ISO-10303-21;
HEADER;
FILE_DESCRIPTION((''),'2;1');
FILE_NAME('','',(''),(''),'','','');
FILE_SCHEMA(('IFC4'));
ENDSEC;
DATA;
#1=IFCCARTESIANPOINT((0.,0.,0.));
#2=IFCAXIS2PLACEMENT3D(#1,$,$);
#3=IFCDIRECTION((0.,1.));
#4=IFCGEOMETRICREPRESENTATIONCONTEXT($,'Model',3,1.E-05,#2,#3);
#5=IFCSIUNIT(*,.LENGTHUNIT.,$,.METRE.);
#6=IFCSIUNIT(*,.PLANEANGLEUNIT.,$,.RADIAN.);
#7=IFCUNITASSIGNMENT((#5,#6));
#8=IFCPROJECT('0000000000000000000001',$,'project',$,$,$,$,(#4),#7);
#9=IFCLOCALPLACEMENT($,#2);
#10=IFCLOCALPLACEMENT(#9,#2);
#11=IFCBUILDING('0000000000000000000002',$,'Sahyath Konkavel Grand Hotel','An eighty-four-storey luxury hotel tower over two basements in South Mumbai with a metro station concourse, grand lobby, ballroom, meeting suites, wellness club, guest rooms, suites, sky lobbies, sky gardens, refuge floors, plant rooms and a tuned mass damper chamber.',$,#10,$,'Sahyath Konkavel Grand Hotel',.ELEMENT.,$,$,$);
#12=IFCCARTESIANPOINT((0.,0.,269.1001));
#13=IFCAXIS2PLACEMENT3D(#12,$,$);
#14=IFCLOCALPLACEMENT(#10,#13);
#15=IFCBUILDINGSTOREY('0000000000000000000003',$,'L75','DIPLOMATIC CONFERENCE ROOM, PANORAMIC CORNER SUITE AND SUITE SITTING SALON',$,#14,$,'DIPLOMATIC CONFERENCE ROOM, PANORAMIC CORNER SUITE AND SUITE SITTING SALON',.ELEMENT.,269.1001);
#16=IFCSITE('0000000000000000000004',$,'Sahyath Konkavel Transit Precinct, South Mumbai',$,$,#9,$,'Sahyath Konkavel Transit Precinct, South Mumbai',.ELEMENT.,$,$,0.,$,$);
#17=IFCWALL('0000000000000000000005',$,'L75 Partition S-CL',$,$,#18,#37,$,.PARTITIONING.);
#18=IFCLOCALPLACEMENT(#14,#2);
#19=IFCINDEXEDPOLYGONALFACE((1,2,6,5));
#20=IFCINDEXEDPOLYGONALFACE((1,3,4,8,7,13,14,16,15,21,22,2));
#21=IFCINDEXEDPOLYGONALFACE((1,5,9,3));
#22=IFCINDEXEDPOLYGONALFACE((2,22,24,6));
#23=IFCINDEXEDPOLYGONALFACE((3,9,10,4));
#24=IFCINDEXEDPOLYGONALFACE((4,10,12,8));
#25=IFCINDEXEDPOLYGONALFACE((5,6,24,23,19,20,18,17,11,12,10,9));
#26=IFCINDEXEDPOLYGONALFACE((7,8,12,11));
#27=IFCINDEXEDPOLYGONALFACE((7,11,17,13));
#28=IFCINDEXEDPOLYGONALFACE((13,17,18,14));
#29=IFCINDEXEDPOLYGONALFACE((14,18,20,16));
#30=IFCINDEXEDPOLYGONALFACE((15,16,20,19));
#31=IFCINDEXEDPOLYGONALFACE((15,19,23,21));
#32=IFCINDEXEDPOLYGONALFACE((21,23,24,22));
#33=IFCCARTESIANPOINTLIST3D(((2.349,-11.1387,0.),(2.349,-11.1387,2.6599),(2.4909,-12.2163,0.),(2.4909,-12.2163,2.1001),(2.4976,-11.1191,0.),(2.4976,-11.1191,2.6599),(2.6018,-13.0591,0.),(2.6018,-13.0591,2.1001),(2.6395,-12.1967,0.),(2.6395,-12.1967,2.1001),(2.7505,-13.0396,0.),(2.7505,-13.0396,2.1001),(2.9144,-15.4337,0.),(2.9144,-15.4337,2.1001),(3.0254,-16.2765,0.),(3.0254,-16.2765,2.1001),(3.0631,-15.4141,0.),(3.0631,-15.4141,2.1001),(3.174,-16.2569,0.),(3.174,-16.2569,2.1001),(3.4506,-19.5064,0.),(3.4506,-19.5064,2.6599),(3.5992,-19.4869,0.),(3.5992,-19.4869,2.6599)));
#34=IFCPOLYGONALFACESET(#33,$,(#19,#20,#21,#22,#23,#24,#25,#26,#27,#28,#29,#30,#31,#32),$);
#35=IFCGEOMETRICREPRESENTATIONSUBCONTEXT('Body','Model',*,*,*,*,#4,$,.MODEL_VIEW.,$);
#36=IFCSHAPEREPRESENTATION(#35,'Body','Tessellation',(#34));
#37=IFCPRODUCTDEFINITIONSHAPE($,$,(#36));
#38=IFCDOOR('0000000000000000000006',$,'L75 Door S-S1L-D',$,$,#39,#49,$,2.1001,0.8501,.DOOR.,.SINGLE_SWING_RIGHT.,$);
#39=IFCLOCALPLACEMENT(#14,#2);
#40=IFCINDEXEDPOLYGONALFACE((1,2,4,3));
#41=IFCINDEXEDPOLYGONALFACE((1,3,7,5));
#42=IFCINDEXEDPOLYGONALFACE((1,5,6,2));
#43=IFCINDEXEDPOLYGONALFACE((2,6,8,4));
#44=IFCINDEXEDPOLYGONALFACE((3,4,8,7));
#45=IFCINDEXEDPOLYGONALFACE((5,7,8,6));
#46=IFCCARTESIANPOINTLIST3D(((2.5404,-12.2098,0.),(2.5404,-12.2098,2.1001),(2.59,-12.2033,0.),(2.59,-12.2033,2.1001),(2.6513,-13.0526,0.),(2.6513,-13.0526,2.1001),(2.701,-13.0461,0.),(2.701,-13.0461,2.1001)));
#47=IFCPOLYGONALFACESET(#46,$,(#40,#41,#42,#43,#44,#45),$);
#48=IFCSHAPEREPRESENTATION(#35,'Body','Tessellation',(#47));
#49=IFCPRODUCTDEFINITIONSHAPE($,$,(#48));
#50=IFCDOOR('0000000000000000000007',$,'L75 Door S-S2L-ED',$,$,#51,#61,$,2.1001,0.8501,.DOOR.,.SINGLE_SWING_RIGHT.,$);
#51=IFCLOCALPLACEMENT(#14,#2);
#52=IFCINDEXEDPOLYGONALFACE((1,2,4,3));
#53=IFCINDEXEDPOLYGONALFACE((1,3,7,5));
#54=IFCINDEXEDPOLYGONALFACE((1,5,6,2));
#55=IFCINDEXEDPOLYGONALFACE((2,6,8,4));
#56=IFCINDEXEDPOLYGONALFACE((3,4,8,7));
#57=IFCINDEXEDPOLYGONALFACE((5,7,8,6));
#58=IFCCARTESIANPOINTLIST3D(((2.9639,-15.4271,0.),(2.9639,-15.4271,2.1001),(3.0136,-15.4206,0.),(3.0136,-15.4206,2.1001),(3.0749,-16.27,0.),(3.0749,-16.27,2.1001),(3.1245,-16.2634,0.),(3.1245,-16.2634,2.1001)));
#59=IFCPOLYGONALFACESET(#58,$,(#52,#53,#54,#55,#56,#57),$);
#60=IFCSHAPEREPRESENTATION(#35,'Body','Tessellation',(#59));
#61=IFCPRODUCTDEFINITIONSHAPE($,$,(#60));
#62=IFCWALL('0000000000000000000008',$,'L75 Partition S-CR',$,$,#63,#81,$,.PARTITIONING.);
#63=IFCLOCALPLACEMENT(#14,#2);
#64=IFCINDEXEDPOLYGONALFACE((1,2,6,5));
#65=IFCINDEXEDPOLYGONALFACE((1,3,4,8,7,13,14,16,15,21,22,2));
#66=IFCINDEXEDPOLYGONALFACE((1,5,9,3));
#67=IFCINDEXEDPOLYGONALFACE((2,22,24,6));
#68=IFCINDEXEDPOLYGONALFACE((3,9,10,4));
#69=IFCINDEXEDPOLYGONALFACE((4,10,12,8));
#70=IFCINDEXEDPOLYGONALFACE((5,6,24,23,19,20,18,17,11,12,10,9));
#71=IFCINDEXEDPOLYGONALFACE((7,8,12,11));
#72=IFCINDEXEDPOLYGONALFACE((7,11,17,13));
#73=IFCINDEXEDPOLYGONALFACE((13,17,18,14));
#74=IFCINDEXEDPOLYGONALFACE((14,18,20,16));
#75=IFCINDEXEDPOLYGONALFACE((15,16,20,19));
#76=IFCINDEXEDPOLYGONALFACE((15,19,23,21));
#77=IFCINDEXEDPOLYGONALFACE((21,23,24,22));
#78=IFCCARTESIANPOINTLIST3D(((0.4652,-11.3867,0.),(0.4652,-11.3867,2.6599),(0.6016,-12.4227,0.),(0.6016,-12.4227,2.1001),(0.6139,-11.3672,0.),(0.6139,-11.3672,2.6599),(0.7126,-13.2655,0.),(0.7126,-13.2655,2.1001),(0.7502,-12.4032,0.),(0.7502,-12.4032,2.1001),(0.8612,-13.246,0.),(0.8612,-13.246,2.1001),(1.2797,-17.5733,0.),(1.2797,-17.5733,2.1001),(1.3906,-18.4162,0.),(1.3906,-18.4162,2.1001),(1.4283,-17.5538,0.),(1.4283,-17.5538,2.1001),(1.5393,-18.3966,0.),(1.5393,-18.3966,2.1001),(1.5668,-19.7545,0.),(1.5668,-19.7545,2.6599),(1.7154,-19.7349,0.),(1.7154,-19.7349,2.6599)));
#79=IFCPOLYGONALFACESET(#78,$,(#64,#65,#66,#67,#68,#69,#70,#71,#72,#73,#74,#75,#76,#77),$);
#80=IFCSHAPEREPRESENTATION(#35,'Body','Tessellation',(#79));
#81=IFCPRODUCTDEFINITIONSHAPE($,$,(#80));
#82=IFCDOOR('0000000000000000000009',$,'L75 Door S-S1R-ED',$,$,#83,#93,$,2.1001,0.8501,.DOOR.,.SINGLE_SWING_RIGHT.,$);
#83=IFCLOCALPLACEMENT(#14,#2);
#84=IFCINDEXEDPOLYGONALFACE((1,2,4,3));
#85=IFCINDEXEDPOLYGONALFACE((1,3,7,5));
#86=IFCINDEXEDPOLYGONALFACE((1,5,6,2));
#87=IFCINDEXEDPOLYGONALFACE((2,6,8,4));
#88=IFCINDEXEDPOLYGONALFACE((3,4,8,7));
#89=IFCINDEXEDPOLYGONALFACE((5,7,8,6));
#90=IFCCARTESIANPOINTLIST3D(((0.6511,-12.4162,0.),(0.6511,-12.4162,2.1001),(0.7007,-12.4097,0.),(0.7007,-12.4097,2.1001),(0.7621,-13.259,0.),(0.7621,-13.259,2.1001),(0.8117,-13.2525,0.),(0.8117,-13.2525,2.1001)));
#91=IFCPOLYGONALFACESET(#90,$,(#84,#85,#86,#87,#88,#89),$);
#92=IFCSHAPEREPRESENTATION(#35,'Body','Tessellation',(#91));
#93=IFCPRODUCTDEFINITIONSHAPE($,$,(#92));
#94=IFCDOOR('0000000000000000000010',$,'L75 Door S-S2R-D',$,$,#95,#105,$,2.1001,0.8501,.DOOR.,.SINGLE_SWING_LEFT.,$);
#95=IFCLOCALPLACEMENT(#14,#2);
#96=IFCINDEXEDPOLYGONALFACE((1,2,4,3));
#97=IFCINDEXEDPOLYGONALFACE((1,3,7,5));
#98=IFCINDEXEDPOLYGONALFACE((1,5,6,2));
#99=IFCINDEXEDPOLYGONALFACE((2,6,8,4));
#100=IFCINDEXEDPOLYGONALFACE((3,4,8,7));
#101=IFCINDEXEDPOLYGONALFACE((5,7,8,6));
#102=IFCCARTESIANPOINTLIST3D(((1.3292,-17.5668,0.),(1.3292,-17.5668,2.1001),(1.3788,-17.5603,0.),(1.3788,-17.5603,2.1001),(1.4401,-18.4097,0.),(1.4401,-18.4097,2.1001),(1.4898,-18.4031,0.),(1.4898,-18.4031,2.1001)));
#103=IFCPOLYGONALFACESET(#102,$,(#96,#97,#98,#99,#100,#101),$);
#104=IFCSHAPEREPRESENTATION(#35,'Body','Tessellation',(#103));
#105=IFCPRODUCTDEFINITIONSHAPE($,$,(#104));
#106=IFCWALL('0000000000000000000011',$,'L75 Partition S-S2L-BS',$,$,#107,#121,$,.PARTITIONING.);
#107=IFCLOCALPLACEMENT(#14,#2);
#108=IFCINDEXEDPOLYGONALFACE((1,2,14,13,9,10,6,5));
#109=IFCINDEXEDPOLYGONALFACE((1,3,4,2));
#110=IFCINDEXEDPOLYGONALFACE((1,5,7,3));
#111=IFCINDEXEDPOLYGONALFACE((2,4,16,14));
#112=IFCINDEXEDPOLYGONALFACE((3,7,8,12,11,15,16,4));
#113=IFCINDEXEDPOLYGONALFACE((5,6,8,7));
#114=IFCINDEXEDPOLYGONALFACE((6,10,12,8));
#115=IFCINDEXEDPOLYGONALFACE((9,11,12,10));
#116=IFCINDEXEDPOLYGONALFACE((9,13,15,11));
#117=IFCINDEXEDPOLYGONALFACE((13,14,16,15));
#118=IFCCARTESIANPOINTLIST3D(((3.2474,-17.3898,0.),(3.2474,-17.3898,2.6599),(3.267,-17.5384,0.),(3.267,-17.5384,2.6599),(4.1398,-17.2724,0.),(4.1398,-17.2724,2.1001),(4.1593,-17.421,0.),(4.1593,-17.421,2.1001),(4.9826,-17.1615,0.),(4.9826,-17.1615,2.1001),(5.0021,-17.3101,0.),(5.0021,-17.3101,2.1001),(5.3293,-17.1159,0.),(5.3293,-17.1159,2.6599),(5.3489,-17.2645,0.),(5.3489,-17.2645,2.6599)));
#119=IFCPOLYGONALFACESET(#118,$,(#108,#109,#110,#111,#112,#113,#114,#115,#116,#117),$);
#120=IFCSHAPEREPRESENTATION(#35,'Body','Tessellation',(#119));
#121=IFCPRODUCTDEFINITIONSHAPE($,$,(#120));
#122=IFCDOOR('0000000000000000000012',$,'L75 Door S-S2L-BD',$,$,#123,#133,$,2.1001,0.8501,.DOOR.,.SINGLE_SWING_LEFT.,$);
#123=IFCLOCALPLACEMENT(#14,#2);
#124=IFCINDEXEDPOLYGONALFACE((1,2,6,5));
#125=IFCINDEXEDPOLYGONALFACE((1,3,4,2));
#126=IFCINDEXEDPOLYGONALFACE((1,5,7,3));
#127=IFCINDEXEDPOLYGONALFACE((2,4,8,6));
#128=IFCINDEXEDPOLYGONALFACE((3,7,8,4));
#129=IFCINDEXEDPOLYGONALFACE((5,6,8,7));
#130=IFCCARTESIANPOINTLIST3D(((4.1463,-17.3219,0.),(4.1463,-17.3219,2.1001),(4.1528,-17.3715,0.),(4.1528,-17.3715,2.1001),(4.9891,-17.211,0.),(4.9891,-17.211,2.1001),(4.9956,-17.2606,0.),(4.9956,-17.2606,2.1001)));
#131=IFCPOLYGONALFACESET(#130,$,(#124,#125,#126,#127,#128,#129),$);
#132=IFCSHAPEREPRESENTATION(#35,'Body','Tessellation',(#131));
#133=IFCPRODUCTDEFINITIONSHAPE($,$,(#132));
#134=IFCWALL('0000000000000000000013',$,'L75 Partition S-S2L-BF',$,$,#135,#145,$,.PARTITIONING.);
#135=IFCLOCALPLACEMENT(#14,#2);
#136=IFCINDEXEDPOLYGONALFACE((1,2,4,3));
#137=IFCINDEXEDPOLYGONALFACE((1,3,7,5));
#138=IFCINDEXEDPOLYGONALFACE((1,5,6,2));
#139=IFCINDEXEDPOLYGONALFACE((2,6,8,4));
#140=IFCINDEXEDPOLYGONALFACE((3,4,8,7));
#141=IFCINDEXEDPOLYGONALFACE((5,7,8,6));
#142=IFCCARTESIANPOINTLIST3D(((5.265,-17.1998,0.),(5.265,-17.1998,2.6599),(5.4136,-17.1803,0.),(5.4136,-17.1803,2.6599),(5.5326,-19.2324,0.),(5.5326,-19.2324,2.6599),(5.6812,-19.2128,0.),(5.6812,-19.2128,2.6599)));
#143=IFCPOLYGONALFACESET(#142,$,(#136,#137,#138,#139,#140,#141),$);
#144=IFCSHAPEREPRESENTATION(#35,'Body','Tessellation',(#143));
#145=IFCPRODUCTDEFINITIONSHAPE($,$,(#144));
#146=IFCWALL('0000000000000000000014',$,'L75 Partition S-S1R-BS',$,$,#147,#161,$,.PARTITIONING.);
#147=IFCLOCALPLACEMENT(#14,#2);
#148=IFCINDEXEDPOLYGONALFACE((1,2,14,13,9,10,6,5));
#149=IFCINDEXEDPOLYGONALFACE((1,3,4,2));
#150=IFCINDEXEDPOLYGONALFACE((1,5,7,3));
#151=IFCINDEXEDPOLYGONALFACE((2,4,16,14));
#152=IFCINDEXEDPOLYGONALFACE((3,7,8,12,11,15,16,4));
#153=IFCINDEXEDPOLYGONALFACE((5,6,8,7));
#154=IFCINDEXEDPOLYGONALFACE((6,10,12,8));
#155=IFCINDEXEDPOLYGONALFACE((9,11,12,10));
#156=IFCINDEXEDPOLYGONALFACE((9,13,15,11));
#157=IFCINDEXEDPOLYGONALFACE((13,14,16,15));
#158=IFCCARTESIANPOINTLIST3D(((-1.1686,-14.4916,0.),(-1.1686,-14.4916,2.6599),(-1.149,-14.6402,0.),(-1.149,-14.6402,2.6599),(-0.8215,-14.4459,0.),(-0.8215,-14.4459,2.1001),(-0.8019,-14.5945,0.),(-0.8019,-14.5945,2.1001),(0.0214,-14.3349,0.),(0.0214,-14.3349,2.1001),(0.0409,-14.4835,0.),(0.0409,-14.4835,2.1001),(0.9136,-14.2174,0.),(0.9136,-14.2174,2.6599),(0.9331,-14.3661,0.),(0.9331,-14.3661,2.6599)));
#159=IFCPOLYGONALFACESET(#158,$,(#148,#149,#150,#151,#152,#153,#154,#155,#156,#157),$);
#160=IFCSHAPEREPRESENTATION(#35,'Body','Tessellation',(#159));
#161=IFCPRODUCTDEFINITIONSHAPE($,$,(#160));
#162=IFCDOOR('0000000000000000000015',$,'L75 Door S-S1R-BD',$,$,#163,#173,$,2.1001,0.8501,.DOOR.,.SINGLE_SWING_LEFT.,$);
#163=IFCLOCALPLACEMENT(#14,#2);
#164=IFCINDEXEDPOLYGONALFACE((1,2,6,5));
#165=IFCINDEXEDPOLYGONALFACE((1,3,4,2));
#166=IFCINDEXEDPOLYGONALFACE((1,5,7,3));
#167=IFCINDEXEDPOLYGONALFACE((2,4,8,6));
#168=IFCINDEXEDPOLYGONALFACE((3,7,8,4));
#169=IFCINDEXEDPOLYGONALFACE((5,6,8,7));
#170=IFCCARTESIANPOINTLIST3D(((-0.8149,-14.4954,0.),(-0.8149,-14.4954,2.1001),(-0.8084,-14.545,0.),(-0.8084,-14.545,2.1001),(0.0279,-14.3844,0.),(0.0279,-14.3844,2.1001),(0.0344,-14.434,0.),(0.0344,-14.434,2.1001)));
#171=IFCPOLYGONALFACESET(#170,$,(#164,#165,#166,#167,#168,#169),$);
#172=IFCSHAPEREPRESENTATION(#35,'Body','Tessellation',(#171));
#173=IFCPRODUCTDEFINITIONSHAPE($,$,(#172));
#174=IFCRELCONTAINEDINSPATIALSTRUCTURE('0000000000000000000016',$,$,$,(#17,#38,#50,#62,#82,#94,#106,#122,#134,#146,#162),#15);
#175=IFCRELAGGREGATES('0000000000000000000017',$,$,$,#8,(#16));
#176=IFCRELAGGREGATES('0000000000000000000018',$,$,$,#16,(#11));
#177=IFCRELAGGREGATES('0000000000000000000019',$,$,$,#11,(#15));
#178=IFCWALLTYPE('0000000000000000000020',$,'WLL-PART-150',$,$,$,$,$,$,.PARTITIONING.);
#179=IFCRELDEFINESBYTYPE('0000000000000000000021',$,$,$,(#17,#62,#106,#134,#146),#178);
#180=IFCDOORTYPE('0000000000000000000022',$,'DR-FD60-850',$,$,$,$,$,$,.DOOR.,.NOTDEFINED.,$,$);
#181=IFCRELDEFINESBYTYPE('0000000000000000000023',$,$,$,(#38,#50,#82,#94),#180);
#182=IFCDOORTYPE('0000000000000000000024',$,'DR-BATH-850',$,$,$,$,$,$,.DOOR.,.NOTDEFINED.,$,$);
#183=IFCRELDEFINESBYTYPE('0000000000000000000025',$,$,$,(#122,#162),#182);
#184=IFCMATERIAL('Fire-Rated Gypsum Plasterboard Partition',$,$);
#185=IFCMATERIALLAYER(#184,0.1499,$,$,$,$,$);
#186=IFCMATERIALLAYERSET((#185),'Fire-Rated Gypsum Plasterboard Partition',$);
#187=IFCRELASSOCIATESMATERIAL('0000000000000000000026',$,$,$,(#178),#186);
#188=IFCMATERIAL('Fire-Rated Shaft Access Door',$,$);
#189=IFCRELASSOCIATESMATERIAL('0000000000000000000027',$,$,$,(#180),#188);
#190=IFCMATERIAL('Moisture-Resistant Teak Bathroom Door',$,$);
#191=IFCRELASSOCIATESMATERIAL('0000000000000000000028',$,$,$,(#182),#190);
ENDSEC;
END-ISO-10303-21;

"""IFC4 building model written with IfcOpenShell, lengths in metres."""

from ifc_helpers import new_model, si_unit, direction, frame, frame_2d, origin, origin_2d, place, context, subcontext, project, spatial, rectangle, extrude, source, transform, mapped, material, layer, layer_set, type_object, element, fill, save


model = new_model("IFC4")

# Units and contexts
model_context = context("Model", 3, precision=1e-05, world=origin(), true_north=direction((0.0, 1.0)))
body_context = subcontext(model_context, "Body", "Model", "MODEL_VIEW")
ifc_project = project(units=[si_unit("LENGTHUNIT", "METRE"), si_unit("PLANEANGLEUNIT", "RADIAN")], contexts=[model_context])

# Site, building, storey
site_placement = place(None, origin())
site = spatial("IfcSite", under=ifc_project, at=site_placement, Name="Sahyath Konkavel Transit Precinct, South Mumbai", LongName="Sahyath Konkavel Transit Precinct, South Mumbai", CompositionType="ELEMENT", RefElevation=0.0)
building_placement = place(site_placement, origin())
building = spatial("IfcBuilding", under=site, at=building_placement, Name="Sahyath Konkavel Grand Hotel", Description="An eighty-four-storey luxury hotel tower over two basements in South Mumbai with a metro station concourse, grand lobby, ballroom, meeting suites, wellness club, guest rooms, suites, sky lobbies, sky gardens, refuge floors, plant rooms and a tuned mass damper chamber.", LongName="Sahyath Konkavel Grand Hotel", CompositionType="ELEMENT")
storey_placement = place(building_placement, frame((0.0, 0.0, 269.1001)))
storey = spatial("IfcBuildingStorey", under=building, at=storey_placement, Name="L75", Description="DIPLOMATIC CONFERENCE ROOM, PANORAMIC CORNER SUITE AND SUITE SITTING SALON", LongName="DIPLOMATIC CONFERENCE ROOM, PANORAMIC CORNER SUITE AND SUITE SITTING SALON", CompositionType="ELEMENT", Elevation=269.1001)

# Walls, openings, doors
ifc_material_1 = material(Name="Fire-Rated Gypsum Plasterboard Partition")
ifc_layer_1 = layer(ifc_material_1, 0.1499)
ifc_layer_set_1 = layer_set([ifc_layer_1], Name="Fire-Rated Gypsum Plasterboard Partition")
wall_type_1 = type_object("IfcWallType", Name="WLL-PART-150", PredefinedType="PARTITIONING", material=ifc_layer_set_1)
wall_1_placement = place(storey_placement, frame((2.4233, -11.1289, 0.0), z_axis=(0.0, 0.0, 1.0), x_axis=(0.130519, -0.991446, 0.0)))
wall_1 = element("IfcWall", 1, at=wall_1_placement, inside=storey, type_object=wall_type_1, Name="L75 Partition S-CL", PredefinedType="PARTITIONING", context=body_context, shape_type="SweptSolid", body=[
    extrude(rectangle(XDim=8.4399, YDim=0.1499, at=frame_2d((4.22, 0.0))), origin(), (0.0, 0.0, 1.0), 2.6599),
])
opening_1_placement = place(wall_1_placement, frame((1.0869, 0.0, 0.0)))
opening_1 = element("IfcOpeningElement", 2, at=opening_1_placement, cuts=wall_1, PredefinedType="OPENING", context=body_context, shape_type="SweptSolid", body=[
    extrude(rectangle(XDim=0.8501, YDim=2.1001, at=frame_2d((0.425, 1.05))), frame((0.0, 0.085, 0.0), z_axis=(0.0, -1.0, 0.0), x_axis=(1.0, 0.0, 0.0)), (0.0, 0.0, 1.0), 0.1699),
])
opening_2_placement = place(wall_1_placement, frame((4.332, 0.0, 0.0)))
opening_2 = element("IfcOpeningElement", 3, at=opening_2_placement, cuts=wall_1, PredefinedType="OPENING", context=body_context, shape_type="SweptSolid", body=[
    extrude(rectangle(XDim=0.8501, YDim=2.1001, at=frame_2d((0.425, 1.05))), frame((0.0, 0.085, 0.0), z_axis=(0.0, -1.0, 0.0), x_axis=(1.0, 0.0, 0.0)), (0.0, 0.0, 1.0), 0.1699),
])
ifc_material_2 = material(Name="Fire-Rated Shaft Access Door")
door_type_1 = type_object("IfcDoorType", Name="DR-FD60-850", OperationType="NOTDEFINED", PredefinedType="DOOR", material=ifc_material_2)
shared_shape_1 = source(origin(), body_context, "Body", "SweptSolid", [
    extrude(rectangle(XDim=0.8501, YDim=0.05, at=origin_2d()), origin(), (0.0, 0.0, 1.0), 2.1001),
])
door_1_placement = place(opening_1_placement, frame((0.425, 0.0, 0.0)))
door_1 = element("IfcDoor", 4, at=door_1_placement, inside=storey, type_object=door_type_1, Name="L75 Door S-S1L-D", OperationType="SINGLE_SWING_RIGHT", OverallHeight=2.1001, OverallWidth=0.8501, PredefinedType="DOOR", context=body_context, shape_type="MappedRepresentation", body=[
    mapped(shared_shape_1, transform((0.0, 0.0, 0.0), scale=1.0)),
])
fill(opening_1, door_1)
door_2_placement = place(opening_2_placement, frame((0.425, 0.0, 0.0)))
door_2 = element("IfcDoor", 5, at=door_2_placement, inside=storey, type_object=door_type_1, Name="L75 Door S-S2L-ED", OperationType="SINGLE_SWING_RIGHT", OverallHeight=2.1001, OverallWidth=0.8501, PredefinedType="DOOR", context=body_context, shape_type="MappedRepresentation", body=[
    mapped(shared_shape_1, transform((0.0, 0.0, 0.0), scale=1.0)),
])
fill(opening_2, door_2)
wall_2_placement = place(storey_placement, frame((0.5396, -11.377, 0.0), z_axis=(0.0, 0.0, 1.0), x_axis=(0.130519, -0.991446, 0.0)))
wall_2 = element("IfcWall", 6, at=wall_2_placement, inside=storey, type_object=wall_type_1, Name="L75 Partition S-CR", PredefinedType="PARTITIONING", context=body_context, shape_type="SweptSolid", body=[
    extrude(rectangle(XDim=8.4399, YDim=0.1499, at=frame_2d((4.22, 0.0))), origin(), (0.0, 0.0, 1.0), 2.6599),
])
opening_3_placement = place(wall_2_placement, frame((1.0449, 0.0, 0.0)))
opening_3 = element("IfcOpeningElement", 7, at=opening_3_placement, cuts=wall_2, PredefinedType="OPENING", context=body_context, shape_type="SweptSolid", body=[
    extrude(rectangle(XDim=0.8501, YDim=2.1001, at=frame_2d((0.425, 1.05))), frame((0.0, 0.085, 0.0), z_axis=(0.0, -1.0, 0.0), x_axis=(1.0, 0.0, 0.0)), (0.0, 0.0, 1.0), 0.1699),
])
opening_4_placement = place(wall_2_placement, frame((6.24, 0.0, 0.0)))
opening_4 = element("IfcOpeningElement", 8, at=opening_4_placement, cuts=wall_2, PredefinedType="OPENING", context=body_context, shape_type="SweptSolid", body=[
    extrude(rectangle(XDim=0.8501, YDim=2.1001, at=frame_2d((0.425, 1.05))), frame((0.0, 0.085, 0.0), z_axis=(0.0, -1.0, 0.0), x_axis=(1.0, 0.0, 0.0)), (0.0, 0.0, 1.0), 0.1699),
])
door_3_placement = place(opening_3_placement, frame((0.425, 0.0, 0.0)))
door_3 = element("IfcDoor", 9, at=door_3_placement, inside=storey, type_object=door_type_1, Name="L75 Door S-S1R-ED", OperationType="SINGLE_SWING_RIGHT", OverallHeight=2.1001, OverallWidth=0.8501, PredefinedType="DOOR", context=body_context, shape_type="MappedRepresentation", body=[
    mapped(shared_shape_1, transform((0.0, 0.0, 0.0), scale=1.0)),
])
fill(opening_3, door_3)
door_4_placement = place(opening_4_placement, frame((0.425, 0.0, 0.0)))
door_4 = element("IfcDoor", 10, at=door_4_placement, inside=storey, type_object=door_type_1, Name="L75 Door S-S2R-D", OperationType="SINGLE_SWING_LEFT", OverallHeight=2.1001, OverallWidth=0.8501, PredefinedType="DOOR", context=body_context, shape_type="MappedRepresentation", body=[
    mapped(shared_shape_1, transform((0.0, 0.0, 0.0), scale=1.0)),
])
fill(opening_4, door_4)

# Wall, opening, door
wall_3_placement = place(storey_placement, frame((3.2573, -17.4641, 0.0), z_axis=(0.0, 0.0, 1.0), x_axis=(0.991456, 0.130442, 0.0)))
wall_3 = element("IfcWall", 11, at=wall_3_placement, inside=storey, type_object=wall_type_1, Name="L75 Partition S-S2L-BS", PredefinedType="PARTITIONING", context=body_context, shape_type="SweptSolid", body=[
    extrude(rectangle(XDim=2.0999, YDim=0.1499, at=frame_2d((1.0498, 0.0))), origin(), (0.0, 0.0, 1.0), 2.6599),
])
opening_5_placement = place(wall_3_placement, frame((0.8999, 0.0, 0.0)))
opening_5 = element("IfcOpeningElement", 12, at=opening_5_placement, cuts=wall_3, PredefinedType="OPENING", context=body_context, shape_type="SweptSolid", body=[
    extrude(rectangle(XDim=0.8501, YDim=2.1001, at=frame_2d((0.425, 1.05))), frame((0.0, 0.085, 0.0), z_axis=(0.0, -1.0, 0.0), x_axis=(1.0, 0.0, 0.0)), (0.0, 0.0, 1.0), 0.1699),
])
ifc_material_3 = material(Name="Moisture-Resistant Teak Bathroom Door")
door_type_2 = type_object("IfcDoorType", Name="DR-BATH-850", OperationType="NOTDEFINED", PredefinedType="DOOR", material=ifc_material_3)
door_5_placement = place(opening_5_placement, frame((0.425, 0.0, 0.0)))
door_5 = element("IfcDoor", 13, at=door_5_placement, inside=storey, type_object=door_type_2, Name="L75 Door S-S2L-BD", OperationType="SINGLE_SWING_LEFT", OverallHeight=2.1001, OverallWidth=0.8501, PredefinedType="DOOR", context=body_context, shape_type="MappedRepresentation", body=[
    mapped(shared_shape_1, transform((0.0, 0.0, 0.0), scale=1.0)),
])
fill(opening_5, door_5)

# Wall
wall_4_placement = place(storey_placement, frame((5.3394, -17.1902, 0.0), z_axis=(0.0, 0.0, 1.0), x_axis=(0.130525, -0.991445, 0.0)))
element("IfcWall", 14, at=wall_4_placement, inside=storey, type_object=wall_type_1, Name="L75 Partition S-S2L-BF", PredefinedType="PARTITIONING", context=body_context, shape_type="SweptSolid", body=[
    extrude(rectangle(XDim=2.05, YDim=0.1499, at=frame_2d((1.0249, 0.0))), origin(), (0.0, 0.0, 1.0), 2.6599),
])

# Wall, opening, door
wall_5_placement = place(storey_placement, frame((0.9233, -14.2917, 0.0), z_axis=(0.0, 0.0, 1.0), x_axis=(-0.991441, -0.130557, 0.0)))
wall_5 = element("IfcWall", 15, at=wall_5_placement, inside=storey, type_object=wall_type_1, Name="L75 Partition S-S1R-BS", PredefinedType="PARTITIONING", context=body_context, shape_type="SweptSolid", body=[
    extrude(rectangle(XDim=2.1001, YDim=0.1499, at=frame_2d((1.05, 0.0))), origin(), (0.0, 0.0, 1.0), 2.6599),
])
opening_6_placement = place(wall_5_placement, frame((0.8999, 0.0, 0.0)))
opening_6 = element("IfcOpeningElement", 16, at=opening_6_placement, cuts=wall_5, PredefinedType="OPENING", context=body_context, shape_type="SweptSolid", body=[
    extrude(rectangle(XDim=0.8501, YDim=2.1001, at=frame_2d((0.425, 1.05))), frame((0.0, 0.085, 0.0), z_axis=(0.0, -1.0, 0.0), x_axis=(1.0, 0.0, 0.0)), (0.0, 0.0, 1.0), 0.1699),
])
door_6_placement = place(opening_6_placement, frame((0.425, 0.0, 0.0)))
door_6 = element("IfcDoor", 17, at=door_6_placement, inside=storey, type_object=door_type_2, Name="L75 Door S-S1R-BD", OperationType="SINGLE_SWING_LEFT", OverallHeight=2.1001, OverallWidth=0.8501, PredefinedType="DOOR", context=body_context, shape_type="MappedRepresentation", body=[
    mapped(shared_shape_1, transform((0.0, 0.0, 0.0), scale=1.0)),
])
fill(opening_6, door_6)

save(model, "model.ifc")
